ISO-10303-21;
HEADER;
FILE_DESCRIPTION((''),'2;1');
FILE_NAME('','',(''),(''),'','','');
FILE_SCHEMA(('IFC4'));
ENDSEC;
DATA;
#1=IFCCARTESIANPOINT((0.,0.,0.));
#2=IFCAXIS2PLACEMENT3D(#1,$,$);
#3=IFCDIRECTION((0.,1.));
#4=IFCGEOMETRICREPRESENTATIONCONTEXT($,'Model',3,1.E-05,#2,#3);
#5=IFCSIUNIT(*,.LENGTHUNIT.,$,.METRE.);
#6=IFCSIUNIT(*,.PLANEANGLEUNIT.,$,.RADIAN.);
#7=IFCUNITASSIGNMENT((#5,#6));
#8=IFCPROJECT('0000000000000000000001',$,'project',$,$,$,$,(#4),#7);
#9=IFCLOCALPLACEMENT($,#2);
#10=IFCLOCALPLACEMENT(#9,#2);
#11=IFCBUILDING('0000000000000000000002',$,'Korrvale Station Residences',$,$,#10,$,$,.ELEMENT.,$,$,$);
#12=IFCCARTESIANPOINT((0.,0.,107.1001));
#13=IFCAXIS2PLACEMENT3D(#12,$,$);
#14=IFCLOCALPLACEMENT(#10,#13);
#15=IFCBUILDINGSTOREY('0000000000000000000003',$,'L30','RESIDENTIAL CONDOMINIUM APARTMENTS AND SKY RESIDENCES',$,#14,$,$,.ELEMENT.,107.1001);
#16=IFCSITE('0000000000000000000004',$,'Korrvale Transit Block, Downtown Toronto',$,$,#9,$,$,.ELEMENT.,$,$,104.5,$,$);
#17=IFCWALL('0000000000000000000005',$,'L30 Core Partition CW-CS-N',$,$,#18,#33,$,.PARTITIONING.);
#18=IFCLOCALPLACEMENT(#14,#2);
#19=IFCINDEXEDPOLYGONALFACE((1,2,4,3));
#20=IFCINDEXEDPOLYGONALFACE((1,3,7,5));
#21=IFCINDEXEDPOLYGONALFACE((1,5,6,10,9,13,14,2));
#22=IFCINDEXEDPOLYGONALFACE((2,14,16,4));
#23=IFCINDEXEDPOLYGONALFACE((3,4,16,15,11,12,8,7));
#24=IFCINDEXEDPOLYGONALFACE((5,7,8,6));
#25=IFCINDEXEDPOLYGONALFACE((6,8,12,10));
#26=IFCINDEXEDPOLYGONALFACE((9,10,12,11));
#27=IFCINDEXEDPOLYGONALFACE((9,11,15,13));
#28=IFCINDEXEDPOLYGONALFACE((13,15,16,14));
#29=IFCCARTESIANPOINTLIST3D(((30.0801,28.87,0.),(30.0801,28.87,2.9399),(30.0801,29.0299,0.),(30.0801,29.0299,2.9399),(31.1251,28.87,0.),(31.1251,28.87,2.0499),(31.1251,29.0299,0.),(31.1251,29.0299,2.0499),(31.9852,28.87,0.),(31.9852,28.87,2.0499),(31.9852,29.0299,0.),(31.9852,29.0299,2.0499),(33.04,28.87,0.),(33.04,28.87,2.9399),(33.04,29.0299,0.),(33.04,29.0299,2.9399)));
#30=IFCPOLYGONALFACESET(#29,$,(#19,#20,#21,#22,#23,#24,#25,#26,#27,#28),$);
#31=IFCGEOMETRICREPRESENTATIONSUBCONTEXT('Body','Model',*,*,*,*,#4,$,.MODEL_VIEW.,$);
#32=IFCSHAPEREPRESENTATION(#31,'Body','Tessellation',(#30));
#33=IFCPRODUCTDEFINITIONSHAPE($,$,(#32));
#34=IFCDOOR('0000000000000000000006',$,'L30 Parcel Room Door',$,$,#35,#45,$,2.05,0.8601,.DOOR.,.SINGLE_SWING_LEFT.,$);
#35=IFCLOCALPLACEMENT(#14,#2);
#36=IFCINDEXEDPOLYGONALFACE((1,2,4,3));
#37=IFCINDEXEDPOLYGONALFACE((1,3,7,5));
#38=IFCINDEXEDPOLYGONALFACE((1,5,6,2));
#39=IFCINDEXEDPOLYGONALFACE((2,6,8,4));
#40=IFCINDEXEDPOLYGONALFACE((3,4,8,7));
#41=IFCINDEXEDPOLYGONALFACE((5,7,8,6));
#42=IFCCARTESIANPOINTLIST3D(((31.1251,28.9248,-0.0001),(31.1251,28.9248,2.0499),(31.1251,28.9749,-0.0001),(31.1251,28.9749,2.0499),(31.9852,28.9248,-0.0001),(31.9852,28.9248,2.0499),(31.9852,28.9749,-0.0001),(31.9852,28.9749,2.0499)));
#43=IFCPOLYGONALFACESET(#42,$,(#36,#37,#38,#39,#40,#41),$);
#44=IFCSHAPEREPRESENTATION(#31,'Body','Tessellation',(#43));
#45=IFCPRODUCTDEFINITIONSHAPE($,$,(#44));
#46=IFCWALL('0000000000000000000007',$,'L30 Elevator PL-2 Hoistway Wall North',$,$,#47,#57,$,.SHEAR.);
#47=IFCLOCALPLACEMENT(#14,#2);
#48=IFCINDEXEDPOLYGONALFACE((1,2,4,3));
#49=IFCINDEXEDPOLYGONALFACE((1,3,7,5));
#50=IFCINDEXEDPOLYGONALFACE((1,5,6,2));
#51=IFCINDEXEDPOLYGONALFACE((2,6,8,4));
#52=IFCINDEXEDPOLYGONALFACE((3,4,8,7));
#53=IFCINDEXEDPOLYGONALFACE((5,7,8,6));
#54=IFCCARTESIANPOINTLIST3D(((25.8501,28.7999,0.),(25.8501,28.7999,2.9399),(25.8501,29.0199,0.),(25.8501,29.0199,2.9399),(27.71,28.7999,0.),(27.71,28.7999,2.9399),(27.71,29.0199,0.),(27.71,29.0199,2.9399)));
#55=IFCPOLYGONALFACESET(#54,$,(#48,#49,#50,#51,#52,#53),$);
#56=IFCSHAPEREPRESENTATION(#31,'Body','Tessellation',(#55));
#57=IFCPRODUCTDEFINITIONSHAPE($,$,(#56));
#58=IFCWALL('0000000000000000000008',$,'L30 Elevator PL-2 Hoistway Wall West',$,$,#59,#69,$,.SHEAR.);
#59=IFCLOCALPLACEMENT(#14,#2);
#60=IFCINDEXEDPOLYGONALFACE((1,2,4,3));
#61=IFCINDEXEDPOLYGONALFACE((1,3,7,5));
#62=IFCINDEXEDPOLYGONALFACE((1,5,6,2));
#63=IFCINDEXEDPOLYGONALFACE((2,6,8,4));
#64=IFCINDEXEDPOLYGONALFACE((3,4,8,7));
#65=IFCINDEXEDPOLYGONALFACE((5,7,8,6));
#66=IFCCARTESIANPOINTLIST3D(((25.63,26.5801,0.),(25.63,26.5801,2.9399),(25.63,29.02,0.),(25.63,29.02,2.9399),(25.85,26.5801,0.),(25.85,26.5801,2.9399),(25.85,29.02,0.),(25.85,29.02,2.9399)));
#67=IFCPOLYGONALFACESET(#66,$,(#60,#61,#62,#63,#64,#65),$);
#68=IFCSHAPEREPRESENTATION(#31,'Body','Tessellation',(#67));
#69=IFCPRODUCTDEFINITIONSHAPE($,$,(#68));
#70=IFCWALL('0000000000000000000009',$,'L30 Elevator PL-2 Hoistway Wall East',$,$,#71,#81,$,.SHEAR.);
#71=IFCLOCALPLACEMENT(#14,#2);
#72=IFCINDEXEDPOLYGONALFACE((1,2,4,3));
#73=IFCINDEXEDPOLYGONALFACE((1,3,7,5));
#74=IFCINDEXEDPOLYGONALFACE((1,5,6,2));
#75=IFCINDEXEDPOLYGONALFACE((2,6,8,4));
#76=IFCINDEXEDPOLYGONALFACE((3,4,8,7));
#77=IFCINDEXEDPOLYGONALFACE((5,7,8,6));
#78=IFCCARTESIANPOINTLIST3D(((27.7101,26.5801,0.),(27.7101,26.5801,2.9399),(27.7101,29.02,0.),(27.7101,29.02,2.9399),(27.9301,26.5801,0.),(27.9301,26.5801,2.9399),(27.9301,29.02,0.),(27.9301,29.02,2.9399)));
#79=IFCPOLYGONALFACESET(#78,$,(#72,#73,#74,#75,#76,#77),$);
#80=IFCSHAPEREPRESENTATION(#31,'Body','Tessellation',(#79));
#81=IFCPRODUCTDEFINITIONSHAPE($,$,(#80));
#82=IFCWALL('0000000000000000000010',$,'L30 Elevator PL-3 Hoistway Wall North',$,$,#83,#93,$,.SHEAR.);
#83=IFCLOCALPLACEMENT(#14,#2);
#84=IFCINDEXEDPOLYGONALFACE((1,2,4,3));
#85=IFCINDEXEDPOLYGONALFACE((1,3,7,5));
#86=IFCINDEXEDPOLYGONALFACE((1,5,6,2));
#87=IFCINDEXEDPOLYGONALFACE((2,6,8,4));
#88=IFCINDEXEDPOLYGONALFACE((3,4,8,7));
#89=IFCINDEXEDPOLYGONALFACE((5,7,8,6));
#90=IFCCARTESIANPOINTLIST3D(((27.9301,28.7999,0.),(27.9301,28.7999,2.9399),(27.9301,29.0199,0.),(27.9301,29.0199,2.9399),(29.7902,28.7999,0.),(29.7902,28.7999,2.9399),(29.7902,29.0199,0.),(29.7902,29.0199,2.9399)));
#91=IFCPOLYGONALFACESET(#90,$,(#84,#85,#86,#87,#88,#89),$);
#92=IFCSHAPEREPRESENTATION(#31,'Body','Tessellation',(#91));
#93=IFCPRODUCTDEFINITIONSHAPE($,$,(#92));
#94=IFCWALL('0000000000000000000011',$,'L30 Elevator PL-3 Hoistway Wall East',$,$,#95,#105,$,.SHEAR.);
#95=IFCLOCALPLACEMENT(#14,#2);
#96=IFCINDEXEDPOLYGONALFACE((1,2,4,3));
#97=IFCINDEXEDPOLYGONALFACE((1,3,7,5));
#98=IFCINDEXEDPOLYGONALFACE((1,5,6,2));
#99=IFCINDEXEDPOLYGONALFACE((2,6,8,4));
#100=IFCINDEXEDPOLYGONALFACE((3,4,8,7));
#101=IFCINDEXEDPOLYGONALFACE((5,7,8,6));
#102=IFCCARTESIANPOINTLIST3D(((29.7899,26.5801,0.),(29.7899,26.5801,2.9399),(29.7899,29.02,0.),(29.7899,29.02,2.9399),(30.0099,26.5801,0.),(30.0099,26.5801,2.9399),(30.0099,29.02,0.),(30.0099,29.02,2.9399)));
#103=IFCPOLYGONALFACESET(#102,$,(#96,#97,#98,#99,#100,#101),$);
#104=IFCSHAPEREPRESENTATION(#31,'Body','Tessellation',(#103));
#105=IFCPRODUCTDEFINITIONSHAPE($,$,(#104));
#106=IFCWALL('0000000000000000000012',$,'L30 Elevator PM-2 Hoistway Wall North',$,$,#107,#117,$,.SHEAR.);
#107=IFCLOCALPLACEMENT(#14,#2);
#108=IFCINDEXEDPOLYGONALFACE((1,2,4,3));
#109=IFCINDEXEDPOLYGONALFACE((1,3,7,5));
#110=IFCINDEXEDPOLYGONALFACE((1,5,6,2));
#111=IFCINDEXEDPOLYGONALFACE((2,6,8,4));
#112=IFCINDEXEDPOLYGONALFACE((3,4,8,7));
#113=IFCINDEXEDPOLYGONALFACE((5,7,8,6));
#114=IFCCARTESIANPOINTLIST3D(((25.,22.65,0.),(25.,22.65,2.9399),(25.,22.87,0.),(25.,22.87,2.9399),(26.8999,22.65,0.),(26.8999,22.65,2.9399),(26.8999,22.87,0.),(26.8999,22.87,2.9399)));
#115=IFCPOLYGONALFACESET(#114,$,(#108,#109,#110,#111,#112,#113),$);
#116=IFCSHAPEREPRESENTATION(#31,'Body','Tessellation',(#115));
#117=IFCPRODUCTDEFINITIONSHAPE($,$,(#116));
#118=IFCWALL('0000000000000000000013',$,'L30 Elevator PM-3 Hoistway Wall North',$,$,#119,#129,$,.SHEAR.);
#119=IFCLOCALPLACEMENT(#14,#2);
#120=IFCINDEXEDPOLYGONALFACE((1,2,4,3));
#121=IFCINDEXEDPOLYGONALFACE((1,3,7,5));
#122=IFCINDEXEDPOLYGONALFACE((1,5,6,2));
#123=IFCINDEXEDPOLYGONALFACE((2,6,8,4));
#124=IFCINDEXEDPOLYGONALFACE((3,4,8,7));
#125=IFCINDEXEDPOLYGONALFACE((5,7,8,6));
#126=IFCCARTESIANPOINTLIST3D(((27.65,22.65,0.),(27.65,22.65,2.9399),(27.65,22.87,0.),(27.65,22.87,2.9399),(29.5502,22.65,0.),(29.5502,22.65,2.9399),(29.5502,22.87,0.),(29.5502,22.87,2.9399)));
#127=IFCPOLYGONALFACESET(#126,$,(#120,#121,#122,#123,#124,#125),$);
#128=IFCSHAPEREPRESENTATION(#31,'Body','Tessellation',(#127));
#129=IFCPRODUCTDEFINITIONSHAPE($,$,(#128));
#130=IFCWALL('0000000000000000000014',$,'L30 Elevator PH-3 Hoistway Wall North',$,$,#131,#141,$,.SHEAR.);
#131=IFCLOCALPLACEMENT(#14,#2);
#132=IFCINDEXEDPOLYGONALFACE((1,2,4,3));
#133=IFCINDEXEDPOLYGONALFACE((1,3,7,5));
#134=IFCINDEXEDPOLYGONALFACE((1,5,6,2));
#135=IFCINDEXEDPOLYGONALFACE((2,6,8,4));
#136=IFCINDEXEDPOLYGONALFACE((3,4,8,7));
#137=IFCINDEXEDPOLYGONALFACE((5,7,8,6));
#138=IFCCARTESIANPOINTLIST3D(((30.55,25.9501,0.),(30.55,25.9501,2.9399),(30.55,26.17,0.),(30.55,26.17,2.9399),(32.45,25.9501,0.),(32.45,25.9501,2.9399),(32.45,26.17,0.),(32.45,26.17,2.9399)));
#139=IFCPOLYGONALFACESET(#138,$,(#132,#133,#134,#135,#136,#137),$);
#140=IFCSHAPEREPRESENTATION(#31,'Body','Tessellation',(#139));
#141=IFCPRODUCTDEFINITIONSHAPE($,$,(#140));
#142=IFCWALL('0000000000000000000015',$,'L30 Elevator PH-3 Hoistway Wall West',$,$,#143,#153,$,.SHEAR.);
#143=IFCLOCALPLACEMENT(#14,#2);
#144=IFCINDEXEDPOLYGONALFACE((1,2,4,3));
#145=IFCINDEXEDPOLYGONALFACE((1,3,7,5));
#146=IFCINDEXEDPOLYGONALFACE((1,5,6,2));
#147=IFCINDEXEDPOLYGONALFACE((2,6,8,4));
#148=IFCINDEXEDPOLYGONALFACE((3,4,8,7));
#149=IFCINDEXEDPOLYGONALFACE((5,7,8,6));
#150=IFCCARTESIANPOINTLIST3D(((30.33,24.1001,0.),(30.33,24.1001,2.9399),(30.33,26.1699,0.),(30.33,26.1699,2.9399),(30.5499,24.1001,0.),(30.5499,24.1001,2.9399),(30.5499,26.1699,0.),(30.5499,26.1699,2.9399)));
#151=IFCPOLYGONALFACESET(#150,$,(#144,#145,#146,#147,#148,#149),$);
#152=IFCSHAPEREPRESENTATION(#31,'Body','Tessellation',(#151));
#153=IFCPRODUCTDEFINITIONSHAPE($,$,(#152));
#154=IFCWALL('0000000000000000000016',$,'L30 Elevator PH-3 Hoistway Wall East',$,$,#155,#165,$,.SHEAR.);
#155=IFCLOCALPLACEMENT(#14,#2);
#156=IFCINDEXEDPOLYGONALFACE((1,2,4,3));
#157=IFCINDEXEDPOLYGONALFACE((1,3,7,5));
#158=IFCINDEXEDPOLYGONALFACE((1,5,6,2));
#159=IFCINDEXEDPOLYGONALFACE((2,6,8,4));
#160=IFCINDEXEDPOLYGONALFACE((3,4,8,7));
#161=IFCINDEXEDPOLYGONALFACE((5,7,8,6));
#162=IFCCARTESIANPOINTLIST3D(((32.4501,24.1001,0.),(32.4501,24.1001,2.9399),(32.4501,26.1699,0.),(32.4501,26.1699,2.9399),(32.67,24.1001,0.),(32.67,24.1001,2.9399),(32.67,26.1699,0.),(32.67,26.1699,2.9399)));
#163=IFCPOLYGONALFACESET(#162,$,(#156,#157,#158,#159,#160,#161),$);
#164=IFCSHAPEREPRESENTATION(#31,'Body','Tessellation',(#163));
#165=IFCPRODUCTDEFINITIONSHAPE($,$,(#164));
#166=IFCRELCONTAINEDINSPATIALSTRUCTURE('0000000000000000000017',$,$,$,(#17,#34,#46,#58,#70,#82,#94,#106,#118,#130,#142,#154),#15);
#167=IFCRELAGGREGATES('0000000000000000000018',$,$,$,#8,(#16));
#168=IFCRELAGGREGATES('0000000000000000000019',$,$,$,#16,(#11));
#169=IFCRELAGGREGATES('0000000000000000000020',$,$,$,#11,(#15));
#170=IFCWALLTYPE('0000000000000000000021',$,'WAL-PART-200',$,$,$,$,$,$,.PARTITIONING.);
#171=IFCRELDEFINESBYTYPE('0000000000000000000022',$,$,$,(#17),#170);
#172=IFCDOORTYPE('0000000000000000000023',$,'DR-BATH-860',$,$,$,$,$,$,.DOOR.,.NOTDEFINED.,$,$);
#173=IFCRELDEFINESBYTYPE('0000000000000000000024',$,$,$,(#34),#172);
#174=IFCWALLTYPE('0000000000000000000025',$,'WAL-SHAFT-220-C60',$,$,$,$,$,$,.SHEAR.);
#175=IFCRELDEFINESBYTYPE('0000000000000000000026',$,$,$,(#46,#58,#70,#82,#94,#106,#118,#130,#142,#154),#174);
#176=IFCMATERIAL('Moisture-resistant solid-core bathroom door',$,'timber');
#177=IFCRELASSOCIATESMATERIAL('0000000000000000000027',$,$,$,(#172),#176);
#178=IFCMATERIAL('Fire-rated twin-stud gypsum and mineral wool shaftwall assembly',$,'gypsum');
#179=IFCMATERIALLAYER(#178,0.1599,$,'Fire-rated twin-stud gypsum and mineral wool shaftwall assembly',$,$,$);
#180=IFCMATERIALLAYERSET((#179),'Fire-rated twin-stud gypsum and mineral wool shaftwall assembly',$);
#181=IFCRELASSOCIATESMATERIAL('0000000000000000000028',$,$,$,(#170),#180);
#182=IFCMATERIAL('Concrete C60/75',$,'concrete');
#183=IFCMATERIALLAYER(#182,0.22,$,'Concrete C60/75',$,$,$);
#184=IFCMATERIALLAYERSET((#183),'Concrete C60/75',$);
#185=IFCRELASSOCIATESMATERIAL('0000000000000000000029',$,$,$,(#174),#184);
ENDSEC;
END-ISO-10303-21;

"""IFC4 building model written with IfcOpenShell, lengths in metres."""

from ifc_helpers import new_model, si_unit, direction, frame, frame_2d, origin, place, context, subcontext, project, spatial, rectangle, extrude, material, layer, layer_set, type_object, element, fill, save


model = new_model("IFC4")

# Units and contexts
model_context = context("Model", 3, precision=1e-05, world=origin(), true_north=direction((0.0, 1.0)))
body_context = subcontext(model_context, "Body", "Model", "MODEL_VIEW")
ifc_project = project(units=[si_unit("LENGTHUNIT", "METRE"), si_unit("PLANEANGLEUNIT", "RADIAN")], contexts=[model_context])

# Site, building, storey
site_placement = place(None, origin())
site = spatial("IfcSite", under=ifc_project, at=site_placement, Name="Korrvale Transit Block, Downtown Toronto", CompositionType="ELEMENT", RefElevation=104.5)
building_placement = place(site_placement, origin())
building = spatial("IfcBuilding", under=site, at=building_placement, Name="Korrvale Station Residences", CompositionType="ELEMENT")
storey_placement = place(building_placement, frame((0.0, 0.0, 107.1001)))
storey = spatial("IfcBuildingStorey", under=building, at=storey_placement, Name="L30", Description="RESIDENTIAL CONDOMINIUM APARTMENTS AND SKY RESIDENCES", CompositionType="ELEMENT", Elevation=107.1001)

# Shared definitions
ifc_material_1 = material(Name="Concrete C60/75", Category="concrete")

# Wall, opening, door
ifc_material_2 = material(Name="Moisture-resistant solid-core bathroom door", Category="timber")
door_type_1 = type_object("IfcDoorType", Name="DR-BATH-860", OperationType="NOTDEFINED", PredefinedType="DOOR", material=ifc_material_2)
ifc_material_3 = material(Name="Fire-rated twin-stud gypsum and mineral wool shaftwall assembly", Category="gypsum")
ifc_layer_1 = layer(ifc_material_3, 0.1599, Name="Fire-rated twin-stud gypsum and mineral wool shaftwall assembly")
ifc_layer_set_1 = layer_set([ifc_layer_1], Name="Fire-rated twin-stud gypsum and mineral wool shaftwall assembly")
wall_type_1 = type_object("IfcWallType", Name="WAL-PART-200", PredefinedType="PARTITIONING", material=ifc_layer_set_1)
wall_1_placement = place(storey_placement, frame((30.0801, 28.95, 0.0), z_axis=(0.0, 0.0, 1.0), x_axis=(1.0, 0.0, 0.0)))
wall_1 = element("IfcWall", 1, at=wall_1_placement, inside=storey, type_object=wall_type_1, Name="L30 Core Partition CW-CS-N", PredefinedType="PARTITIONING", context=body_context, shape_type="SweptSolid", body=[
    extrude(rectangle(XDim=2.96, YDim=0.1599, at=frame_2d((1.48, 0.0))), origin(), (0.0, 0.0, 1.0), 2.9399),
])
opening_1_placement = place(wall_1_placement, frame((1.0449, 0.0, 0.0)))
opening_1 = element("IfcOpeningElement", 2, at=opening_1_placement, cuts=wall_1, PredefinedType="OPENING", context=body_context, shape_type="SweptSolid", body=[
    extrude(rectangle(XDim=0.8601, YDim=2.05, at=frame_2d((0.4302, 1.0249))), frame((0.0, 0.0898, 0.0), z_axis=(0.0, -1.0, 0.0), x_axis=(1.0, 0.0, 0.0)), (0.0, 0.0, 1.0), 0.1799),
])
door_1_placement = place(opening_1_placement, origin())
door_1 = element("IfcDoor", 3, at=door_1_placement, inside=storey, type_object=door_type_1, Name="L30 Parcel Room Door", OperationType="SINGLE_SWING_LEFT", OverallHeight=2.05, OverallWidth=0.8601, PredefinedType="DOOR", context=body_context, shape_type="SweptSolid", body=[
    extrude(rectangle(XDim=0.8601, YDim=2.05, at=frame_2d((0.4302, 1.0249))), frame((0.0, 0.0249, 0.0), z_axis=(0.0, -1.0, 0.0), x_axis=(1.0, 0.0, 0.0)), (0.0, 0.0, 1.0), 0.05),
])
fill(opening_1, door_1)
ifc_layer_2 = layer(ifc_material_1, 0.22, Name="Concrete C60/75")
ifc_layer_set_2 = layer_set([ifc_layer_2], Name="Concrete C60/75")
wall_type_2 = type_object("IfcWallType", Name="WAL-SHAFT-220-C60", PredefinedType="SHEAR", material=ifc_layer_set_2)

# Walls
wall_2_placement = place(storey_placement, frame((25.8501, 28.9099, 0.0), z_axis=(0.0, 0.0, 1.0), x_axis=(1.0, 0.0, 0.0)))
element("IfcWall", 4, at=wall_2_placement, inside=storey, type_object=wall_type_2, Name="L30 Elevator PL-2 Hoistway Wall North", PredefinedType="SHEAR", context=body_context, shape_type="SweptSolid", body=[
    extrude(rectangle(XDim=1.8599, YDim=0.22, at=frame_2d((0.9299, 0.0))), origin(), (0.0, 0.0, 1.0), 2.9399),
])
for number, where, z_axis, x_axis, name in (
    (5, (25.74, 26.5801, 0.0), (0.0, 0.0, 1.0), (0.0, 1.0, 0.0), "L30 Elevator PL-2 Hoistway Wall West"),
    (6, (27.8201, 26.5801, 0.0), (0.0, 0.0, 1.0), (0.0, 1.0, 0.0), "L30 Elevator PL-2 Hoistway Wall East"),
):
    element("IfcWall", number, at=place(storey_placement, frame(where, z_axis=z_axis, x_axis=x_axis)), inside=storey, type_object=wall_type_2, Name=name, PredefinedType="SHEAR", context=body_context, shape_type="SweptSolid", body=[
        extrude(rectangle(XDim=2.4399, YDim=0.22, at=frame_2d((1.22, 0.0))), origin(), (0.0, 0.0, 1.0), 2.9399),
    ])

# Walls
wall_3_placement = place(storey_placement, frame((27.9299, 28.9099, 0.0), z_axis=(0.0, 0.0, 1.0), x_axis=(1.0, 0.0, 0.0)))
element("IfcWall", 7, at=wall_3_placement, inside=storey, type_object=wall_type_2, Name="L30 Elevator PL-3 Hoistway Wall North", PredefinedType="SHEAR", context=body_context, shape_type="SweptSolid", body=[
    extrude(rectangle(XDim=1.8601, YDim=0.22, at=frame_2d((0.9302, 0.0))), origin(), (0.0, 0.0, 1.0), 2.9399),
])
wall_4_placement = place(storey_placement, frame((29.8999, 26.5801, 0.0), z_axis=(0.0, 0.0, 1.0), x_axis=(0.0, 1.0, 0.0)))
element("IfcWall", 8, at=wall_4_placement, inside=storey, type_object=wall_type_2, Name="L30 Elevator PL-3 Hoistway Wall East", PredefinedType="SHEAR", context=body_context, shape_type="SweptSolid", body=[
    extrude(rectangle(XDim=2.4399, YDim=0.22, at=frame_2d((1.22, 0.0))), origin(), (0.0, 0.0, 1.0), 2.9399),
])
wall_5_placement = place(storey_placement, frame((25.0, 22.76, 0.0), z_axis=(0.0, 0.0, 1.0), x_axis=(1.0, 0.0, 0.0)))
element("IfcWall", 9, at=wall_5_placement, inside=storey, type_object=wall_type_2, Name="L30 Elevator PM-2 Hoistway Wall North", PredefinedType="SHEAR", context=body_context, shape_type="SweptSolid", body=[
    extrude(rectangle(XDim=1.8999, YDim=0.22, at=frame_2d((0.95, 0.0))), origin(), (0.0, 0.0, 1.0), 2.9399),
])
wall_6_placement = place(storey_placement, frame((27.6499, 22.76, 0.0), z_axis=(0.0, 0.0, 1.0), x_axis=(1.0, 0.0, 0.0)))
element("IfcWall", 10, at=wall_6_placement, inside=storey, type_object=wall_type_2, Name="L30 Elevator PM-3 Hoistway Wall North", PredefinedType="SHEAR", context=body_context, shape_type="SweptSolid", body=[
    extrude(rectangle(XDim=1.9001, YDim=0.22, at=frame_2d((0.9502, 0.0))), origin(), (0.0, 0.0, 1.0), 2.9399),
])
wall_7_placement = place(storey_placement, frame((30.55, 26.0601, 0.0), z_axis=(0.0, 0.0, 1.0), x_axis=(1.0, 0.0, 0.0)))
element("IfcWall", 11, at=wall_7_placement, inside=storey, type_object=wall_type_2, Name="L30 Elevator PH-3 Hoistway Wall North", PredefinedType="SHEAR", context=body_context, shape_type="SweptSolid", body=[
    extrude(rectangle(XDim=1.8999, YDim=0.22, at=frame_2d((0.95, 0.0))), origin(), (0.0, 0.0, 1.0), 2.9399),
])
for number, where, z_axis, x_axis, name in (
    (12, (30.4399, 24.1001, 0.0), (0.0, 0.0, 1.0), (0.0, 1.0, 0.0), "L30 Elevator PH-3 Hoistway Wall West"),
    (13, (32.5601, 24.1001, 0.0), (0.0, 0.0, 1.0), (0.0, 1.0, 0.0), "L30 Elevator PH-3 Hoistway Wall East"),
):
    element("IfcWall", number, at=place(storey_placement, frame(where, z_axis=z_axis, x_axis=x_axis)), inside=storey, type_object=wall_type_2, Name=name, PredefinedType="SHEAR", context=body_context, shape_type="SweptSolid", body=[
        extrude(rectangle(XDim=2.0698, YDim=0.22, at=frame_2d((1.0349, 0.0))), origin(), (0.0, 0.0, 1.0), 2.9399),
    ])

save(model, "model.ifc")
